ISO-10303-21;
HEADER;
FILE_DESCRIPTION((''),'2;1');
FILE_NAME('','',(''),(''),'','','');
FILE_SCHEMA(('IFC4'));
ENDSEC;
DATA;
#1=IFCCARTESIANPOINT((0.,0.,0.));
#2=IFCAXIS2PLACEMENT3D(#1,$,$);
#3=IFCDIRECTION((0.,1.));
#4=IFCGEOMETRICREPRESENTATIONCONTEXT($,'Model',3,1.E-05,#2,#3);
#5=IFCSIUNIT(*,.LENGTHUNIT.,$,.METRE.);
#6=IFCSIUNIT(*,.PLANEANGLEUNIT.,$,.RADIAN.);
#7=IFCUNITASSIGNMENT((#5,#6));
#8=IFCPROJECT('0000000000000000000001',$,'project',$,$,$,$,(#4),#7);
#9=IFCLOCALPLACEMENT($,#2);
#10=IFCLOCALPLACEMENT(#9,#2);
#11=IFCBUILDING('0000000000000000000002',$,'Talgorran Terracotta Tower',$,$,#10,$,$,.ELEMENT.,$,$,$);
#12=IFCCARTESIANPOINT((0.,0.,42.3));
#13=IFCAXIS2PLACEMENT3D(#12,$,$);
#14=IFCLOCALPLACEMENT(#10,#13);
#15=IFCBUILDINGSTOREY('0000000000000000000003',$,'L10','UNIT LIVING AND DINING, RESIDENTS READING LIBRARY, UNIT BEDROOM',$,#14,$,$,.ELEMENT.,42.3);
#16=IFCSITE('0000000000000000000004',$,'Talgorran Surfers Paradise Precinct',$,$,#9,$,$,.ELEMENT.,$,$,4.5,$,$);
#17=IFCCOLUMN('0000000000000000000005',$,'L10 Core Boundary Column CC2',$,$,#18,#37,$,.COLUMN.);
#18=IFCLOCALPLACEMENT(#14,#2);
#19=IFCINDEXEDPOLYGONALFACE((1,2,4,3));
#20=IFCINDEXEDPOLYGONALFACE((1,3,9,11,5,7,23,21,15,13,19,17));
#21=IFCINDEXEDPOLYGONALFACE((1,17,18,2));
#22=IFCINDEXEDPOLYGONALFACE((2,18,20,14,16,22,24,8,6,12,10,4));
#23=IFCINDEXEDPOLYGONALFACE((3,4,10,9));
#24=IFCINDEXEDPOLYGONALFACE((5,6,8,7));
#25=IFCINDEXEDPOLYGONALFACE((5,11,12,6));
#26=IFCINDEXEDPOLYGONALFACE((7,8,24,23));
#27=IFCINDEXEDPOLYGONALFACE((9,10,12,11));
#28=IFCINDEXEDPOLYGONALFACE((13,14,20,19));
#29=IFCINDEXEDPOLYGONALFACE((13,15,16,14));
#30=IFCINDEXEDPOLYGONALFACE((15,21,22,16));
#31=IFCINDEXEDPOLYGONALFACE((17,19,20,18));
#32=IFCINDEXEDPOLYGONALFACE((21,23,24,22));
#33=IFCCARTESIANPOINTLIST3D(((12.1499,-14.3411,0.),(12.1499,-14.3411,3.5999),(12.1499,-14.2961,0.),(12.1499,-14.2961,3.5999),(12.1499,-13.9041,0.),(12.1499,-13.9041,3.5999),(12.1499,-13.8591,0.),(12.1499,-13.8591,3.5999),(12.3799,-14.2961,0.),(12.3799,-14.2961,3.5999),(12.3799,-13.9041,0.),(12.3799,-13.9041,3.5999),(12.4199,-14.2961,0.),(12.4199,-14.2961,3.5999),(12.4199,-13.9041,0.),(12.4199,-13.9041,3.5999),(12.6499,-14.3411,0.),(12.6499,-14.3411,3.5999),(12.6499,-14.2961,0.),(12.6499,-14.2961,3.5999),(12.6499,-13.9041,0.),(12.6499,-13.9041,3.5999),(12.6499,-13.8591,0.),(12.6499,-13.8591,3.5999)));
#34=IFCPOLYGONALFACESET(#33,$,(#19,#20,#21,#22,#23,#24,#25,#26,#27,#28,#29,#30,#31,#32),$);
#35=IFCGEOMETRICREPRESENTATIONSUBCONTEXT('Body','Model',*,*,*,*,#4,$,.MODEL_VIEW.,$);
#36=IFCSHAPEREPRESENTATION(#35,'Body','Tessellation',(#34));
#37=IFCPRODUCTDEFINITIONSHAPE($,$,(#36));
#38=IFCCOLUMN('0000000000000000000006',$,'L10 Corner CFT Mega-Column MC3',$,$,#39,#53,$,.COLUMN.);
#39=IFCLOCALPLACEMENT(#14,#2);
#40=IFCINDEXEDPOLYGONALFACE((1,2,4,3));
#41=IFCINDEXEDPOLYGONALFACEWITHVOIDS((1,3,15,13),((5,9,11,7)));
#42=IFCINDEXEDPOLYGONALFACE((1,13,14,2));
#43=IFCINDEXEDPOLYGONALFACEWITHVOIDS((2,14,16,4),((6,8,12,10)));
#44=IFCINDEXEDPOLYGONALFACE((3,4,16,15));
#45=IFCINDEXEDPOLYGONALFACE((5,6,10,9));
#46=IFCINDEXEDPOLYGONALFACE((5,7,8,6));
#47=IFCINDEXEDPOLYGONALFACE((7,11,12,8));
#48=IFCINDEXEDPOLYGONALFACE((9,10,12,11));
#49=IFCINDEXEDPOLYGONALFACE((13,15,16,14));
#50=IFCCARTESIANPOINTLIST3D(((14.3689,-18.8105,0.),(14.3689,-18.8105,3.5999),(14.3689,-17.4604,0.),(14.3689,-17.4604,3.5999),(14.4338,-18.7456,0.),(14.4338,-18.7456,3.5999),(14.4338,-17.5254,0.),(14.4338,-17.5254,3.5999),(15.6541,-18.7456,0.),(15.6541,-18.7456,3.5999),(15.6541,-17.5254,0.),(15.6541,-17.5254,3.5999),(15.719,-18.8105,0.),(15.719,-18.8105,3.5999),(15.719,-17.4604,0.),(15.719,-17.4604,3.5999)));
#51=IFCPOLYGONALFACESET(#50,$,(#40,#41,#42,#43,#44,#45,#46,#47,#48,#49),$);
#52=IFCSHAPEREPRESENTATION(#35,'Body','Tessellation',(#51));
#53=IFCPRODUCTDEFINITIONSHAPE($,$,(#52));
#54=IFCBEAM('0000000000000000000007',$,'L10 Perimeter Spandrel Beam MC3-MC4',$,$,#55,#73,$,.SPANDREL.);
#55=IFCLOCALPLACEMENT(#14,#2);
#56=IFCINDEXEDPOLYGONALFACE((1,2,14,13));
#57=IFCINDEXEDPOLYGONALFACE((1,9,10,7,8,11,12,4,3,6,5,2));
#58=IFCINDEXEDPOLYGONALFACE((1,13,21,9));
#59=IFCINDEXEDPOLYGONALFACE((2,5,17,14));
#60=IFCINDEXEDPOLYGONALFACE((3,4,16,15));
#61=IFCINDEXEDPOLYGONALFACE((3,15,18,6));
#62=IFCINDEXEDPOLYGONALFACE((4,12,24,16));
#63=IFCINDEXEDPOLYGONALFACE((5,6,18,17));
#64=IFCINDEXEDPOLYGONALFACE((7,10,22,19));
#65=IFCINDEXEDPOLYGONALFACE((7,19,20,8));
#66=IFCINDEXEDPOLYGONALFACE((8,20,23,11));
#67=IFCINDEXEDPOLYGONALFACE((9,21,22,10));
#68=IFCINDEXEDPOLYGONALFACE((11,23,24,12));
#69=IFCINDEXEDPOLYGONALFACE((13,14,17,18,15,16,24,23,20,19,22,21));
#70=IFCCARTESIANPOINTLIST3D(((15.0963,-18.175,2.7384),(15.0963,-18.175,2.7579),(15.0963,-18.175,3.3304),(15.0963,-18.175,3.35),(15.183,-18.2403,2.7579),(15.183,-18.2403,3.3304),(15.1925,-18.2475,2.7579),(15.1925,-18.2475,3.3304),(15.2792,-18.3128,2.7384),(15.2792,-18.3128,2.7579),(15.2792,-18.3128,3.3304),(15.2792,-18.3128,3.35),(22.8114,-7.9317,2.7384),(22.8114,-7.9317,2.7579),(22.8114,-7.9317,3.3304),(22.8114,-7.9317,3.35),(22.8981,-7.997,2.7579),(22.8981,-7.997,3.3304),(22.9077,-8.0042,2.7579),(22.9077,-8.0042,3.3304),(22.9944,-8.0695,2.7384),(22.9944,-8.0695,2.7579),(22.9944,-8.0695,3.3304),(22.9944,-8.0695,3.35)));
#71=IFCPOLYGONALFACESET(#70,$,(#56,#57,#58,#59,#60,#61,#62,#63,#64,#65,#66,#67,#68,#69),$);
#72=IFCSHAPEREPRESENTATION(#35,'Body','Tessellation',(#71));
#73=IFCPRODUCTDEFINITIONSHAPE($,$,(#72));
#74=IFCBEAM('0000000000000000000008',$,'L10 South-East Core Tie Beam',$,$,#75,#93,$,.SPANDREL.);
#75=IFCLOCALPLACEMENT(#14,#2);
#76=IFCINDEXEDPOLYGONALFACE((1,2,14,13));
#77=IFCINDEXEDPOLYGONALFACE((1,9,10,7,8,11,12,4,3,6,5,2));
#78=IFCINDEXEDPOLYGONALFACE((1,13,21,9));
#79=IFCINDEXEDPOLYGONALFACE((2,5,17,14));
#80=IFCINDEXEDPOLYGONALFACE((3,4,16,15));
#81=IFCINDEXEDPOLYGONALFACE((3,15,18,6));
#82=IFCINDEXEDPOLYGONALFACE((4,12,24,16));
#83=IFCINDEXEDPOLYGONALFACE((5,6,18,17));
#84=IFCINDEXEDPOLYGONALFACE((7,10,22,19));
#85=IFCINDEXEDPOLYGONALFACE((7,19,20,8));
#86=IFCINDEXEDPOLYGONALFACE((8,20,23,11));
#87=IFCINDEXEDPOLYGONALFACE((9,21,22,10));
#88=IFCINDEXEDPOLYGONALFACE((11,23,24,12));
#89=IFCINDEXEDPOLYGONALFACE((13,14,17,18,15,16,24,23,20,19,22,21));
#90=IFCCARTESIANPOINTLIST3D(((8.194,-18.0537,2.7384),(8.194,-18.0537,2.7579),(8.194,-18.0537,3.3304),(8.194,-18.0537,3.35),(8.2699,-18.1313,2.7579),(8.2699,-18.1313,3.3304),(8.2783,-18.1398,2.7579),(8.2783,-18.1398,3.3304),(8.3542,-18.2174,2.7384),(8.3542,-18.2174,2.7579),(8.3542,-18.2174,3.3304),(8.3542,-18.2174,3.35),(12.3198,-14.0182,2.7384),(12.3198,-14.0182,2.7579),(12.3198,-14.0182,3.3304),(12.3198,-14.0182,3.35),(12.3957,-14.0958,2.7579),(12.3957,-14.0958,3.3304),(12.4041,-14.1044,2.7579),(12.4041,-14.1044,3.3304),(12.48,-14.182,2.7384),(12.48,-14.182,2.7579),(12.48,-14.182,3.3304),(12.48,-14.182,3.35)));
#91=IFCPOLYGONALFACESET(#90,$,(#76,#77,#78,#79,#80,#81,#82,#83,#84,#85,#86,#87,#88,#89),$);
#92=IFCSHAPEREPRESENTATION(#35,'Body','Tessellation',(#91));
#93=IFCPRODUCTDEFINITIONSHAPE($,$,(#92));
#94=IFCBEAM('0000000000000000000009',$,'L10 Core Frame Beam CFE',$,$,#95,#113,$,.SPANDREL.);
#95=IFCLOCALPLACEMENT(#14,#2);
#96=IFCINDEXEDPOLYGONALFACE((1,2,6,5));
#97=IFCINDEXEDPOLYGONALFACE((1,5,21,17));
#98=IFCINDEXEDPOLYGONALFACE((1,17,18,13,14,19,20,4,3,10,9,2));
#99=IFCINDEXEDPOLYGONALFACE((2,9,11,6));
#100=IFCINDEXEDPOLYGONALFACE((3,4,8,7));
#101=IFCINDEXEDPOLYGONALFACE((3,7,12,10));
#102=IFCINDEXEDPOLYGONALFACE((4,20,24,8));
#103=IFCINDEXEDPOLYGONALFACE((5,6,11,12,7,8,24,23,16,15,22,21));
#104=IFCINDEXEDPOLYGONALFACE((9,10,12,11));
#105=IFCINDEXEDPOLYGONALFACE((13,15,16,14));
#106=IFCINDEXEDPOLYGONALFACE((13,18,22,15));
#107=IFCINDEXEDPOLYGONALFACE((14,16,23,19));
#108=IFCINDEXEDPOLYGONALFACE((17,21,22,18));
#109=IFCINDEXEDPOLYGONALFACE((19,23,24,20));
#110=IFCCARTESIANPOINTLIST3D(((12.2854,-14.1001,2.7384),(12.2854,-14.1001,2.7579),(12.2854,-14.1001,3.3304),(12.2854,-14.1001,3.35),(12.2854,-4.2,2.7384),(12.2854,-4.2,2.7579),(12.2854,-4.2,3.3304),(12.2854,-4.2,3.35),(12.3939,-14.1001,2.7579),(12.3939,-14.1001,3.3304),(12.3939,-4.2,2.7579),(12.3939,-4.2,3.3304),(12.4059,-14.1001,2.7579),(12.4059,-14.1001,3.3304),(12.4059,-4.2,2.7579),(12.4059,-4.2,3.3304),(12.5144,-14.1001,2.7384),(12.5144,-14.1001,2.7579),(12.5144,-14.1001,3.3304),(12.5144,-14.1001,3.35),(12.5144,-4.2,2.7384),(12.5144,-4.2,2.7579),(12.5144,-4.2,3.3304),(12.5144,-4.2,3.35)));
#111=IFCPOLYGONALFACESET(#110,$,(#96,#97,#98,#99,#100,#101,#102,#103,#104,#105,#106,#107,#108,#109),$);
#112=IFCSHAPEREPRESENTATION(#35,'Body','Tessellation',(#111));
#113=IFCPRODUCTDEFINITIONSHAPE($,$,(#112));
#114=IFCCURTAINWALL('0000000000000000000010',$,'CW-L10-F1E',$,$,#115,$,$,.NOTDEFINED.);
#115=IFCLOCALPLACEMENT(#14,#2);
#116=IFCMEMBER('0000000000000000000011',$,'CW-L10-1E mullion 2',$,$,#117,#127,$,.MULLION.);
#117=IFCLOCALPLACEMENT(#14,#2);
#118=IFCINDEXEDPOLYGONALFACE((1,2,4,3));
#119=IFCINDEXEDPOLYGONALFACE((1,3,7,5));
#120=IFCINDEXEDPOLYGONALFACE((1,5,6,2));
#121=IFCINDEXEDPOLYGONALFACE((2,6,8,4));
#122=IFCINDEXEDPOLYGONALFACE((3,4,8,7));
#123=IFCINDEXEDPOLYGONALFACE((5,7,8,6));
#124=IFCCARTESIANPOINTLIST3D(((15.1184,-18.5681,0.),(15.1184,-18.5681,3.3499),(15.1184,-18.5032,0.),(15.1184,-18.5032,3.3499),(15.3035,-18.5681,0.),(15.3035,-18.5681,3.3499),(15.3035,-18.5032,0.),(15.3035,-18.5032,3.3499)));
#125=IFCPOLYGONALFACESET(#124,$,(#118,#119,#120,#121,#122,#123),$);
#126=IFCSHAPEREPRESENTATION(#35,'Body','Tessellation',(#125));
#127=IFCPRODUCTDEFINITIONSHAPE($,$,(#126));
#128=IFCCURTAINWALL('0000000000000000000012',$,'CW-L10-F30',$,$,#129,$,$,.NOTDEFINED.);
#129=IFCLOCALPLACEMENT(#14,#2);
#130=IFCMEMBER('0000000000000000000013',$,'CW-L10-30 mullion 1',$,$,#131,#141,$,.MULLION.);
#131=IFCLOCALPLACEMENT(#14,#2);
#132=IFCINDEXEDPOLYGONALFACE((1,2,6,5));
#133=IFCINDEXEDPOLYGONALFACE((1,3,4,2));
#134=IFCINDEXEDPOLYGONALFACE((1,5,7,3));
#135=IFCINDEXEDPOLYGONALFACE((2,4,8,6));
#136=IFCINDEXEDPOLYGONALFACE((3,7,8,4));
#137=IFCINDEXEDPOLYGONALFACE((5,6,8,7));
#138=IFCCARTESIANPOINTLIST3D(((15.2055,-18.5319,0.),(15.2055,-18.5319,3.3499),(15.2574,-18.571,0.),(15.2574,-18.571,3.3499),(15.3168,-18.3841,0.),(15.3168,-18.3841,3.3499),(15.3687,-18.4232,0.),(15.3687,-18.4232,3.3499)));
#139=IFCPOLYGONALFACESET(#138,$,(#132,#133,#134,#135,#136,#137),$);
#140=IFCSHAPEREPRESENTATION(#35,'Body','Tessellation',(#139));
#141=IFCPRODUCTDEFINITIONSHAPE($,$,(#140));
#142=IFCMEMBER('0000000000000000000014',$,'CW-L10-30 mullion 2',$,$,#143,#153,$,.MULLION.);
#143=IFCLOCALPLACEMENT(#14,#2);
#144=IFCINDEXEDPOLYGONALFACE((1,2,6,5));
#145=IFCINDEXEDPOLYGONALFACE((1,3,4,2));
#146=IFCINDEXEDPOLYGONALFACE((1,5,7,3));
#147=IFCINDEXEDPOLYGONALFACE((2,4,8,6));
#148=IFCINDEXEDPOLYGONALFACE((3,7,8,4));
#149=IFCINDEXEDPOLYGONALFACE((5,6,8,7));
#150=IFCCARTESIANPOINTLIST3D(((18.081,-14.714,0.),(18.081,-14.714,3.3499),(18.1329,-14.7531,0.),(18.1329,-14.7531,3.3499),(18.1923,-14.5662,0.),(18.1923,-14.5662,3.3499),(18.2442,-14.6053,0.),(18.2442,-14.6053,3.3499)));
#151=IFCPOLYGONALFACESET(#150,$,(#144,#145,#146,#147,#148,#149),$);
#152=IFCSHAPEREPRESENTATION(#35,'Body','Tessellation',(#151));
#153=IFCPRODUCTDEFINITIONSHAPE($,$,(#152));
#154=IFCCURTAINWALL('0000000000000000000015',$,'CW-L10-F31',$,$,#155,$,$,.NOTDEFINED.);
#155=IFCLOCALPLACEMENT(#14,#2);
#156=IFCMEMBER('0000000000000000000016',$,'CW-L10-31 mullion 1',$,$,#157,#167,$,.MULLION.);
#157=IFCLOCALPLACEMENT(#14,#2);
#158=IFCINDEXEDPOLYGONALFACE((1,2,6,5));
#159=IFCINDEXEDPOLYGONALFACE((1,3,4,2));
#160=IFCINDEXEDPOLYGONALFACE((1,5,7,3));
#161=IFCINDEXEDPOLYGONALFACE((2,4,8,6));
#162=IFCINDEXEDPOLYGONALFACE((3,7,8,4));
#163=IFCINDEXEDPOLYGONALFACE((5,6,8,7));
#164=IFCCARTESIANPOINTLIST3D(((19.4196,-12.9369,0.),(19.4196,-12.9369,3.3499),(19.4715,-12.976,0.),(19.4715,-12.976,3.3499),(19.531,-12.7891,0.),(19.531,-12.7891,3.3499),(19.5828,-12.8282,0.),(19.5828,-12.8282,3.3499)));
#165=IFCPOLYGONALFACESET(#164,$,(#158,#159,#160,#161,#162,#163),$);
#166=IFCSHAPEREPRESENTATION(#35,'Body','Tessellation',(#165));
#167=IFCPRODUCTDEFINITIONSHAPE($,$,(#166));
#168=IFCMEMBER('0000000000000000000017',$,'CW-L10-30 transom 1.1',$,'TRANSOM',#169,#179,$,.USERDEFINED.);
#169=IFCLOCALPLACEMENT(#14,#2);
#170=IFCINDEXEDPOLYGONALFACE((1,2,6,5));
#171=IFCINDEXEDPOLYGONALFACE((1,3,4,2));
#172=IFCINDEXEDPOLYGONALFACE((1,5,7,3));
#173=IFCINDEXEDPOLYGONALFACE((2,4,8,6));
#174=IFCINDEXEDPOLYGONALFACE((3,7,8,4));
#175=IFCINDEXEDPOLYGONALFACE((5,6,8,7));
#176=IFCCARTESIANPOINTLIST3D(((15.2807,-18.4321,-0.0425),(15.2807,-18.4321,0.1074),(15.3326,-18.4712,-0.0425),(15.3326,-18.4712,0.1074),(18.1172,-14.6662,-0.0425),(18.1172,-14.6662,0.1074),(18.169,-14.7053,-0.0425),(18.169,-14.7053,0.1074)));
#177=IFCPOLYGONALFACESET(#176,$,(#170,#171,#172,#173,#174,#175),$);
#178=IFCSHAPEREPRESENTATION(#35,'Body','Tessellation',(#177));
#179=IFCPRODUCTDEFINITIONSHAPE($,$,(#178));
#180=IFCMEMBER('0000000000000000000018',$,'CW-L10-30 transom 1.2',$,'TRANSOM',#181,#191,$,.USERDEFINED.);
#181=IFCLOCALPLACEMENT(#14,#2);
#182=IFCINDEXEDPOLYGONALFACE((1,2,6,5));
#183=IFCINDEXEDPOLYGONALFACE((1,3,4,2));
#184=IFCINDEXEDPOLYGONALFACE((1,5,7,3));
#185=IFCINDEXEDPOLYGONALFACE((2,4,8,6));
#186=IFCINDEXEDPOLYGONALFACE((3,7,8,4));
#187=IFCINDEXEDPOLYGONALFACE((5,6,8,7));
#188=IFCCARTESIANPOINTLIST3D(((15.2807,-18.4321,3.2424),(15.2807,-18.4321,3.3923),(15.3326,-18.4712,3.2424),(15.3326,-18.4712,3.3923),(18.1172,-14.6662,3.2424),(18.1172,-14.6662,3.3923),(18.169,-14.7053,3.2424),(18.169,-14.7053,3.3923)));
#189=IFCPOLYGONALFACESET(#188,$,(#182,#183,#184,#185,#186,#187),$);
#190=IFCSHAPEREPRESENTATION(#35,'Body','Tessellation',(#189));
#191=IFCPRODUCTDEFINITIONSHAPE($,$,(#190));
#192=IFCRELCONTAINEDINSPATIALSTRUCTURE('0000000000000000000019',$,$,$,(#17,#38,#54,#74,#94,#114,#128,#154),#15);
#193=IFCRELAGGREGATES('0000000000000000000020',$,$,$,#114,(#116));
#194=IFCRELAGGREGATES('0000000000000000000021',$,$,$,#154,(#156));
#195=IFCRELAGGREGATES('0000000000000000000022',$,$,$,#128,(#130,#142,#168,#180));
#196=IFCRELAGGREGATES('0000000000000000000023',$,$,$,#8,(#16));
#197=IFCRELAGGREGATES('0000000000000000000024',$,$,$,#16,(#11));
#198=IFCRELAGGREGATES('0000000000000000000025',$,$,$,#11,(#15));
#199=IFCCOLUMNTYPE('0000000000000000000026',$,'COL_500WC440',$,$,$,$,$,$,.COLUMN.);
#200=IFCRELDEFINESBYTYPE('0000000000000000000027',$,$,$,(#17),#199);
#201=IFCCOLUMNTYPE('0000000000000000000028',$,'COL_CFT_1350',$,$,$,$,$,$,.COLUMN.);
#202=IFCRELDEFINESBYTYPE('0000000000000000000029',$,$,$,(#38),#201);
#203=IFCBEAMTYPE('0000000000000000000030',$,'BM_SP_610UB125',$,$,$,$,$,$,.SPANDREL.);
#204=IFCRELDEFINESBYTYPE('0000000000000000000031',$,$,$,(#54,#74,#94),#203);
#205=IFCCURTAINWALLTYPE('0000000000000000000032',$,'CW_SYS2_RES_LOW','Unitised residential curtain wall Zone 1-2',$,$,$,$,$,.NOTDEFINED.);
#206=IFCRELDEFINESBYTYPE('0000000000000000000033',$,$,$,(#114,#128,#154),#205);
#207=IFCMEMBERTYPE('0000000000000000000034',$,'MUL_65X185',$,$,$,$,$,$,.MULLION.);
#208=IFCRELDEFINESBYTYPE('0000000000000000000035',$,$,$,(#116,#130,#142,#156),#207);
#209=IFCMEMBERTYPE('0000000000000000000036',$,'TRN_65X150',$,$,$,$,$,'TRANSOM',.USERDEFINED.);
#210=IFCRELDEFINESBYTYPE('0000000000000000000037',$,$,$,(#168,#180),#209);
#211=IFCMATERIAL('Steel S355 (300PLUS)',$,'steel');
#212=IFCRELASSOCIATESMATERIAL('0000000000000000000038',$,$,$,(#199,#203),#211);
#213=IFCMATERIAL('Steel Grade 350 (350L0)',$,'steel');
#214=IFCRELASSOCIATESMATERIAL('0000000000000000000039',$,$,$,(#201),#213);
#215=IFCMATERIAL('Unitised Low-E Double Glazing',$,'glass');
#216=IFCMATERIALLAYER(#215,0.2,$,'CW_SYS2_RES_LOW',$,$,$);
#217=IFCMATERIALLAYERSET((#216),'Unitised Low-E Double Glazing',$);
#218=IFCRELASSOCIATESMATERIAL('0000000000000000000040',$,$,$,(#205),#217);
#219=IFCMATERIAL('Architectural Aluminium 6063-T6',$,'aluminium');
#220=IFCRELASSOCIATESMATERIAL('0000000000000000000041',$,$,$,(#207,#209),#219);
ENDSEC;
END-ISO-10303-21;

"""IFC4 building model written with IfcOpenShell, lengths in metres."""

from ifc_helpers import new_model, si_unit, direction, frame, origin, origin_2d, place, context, subcontext, project, spatial, rectangle, hollow_rectangle, i_section, extrude, material, layer, layer_set, material_profile, profile_set, type_object, element, aggregate, save


model = new_model("IFC4")

# Units and contexts
model_context = context("Model", 3, precision=1e-05, world=origin(), true_north=direction((0.0, 1.0)))
body_context = subcontext(model_context, "Body", "Model", "MODEL_VIEW")
ifc_project = project(units=[si_unit("LENGTHUNIT", "METRE"), si_unit("PLANEANGLEUNIT", "RADIAN")], contexts=[model_context])

# Site, building, storey
site_placement = place(None, origin())
site = spatial("IfcSite", under=ifc_project, at=site_placement, Name="Talgorran Surfers Paradise Precinct", CompositionType="ELEMENT", RefElevation=4.5)
building_placement = place(site_placement, origin())
building = spatial("IfcBuilding", under=site, at=building_placement, Name="Talgorran Terracotta Tower", CompositionType="ELEMENT")
storey_placement = place(building_placement, frame((0.0, 0.0, 42.3)))
storey = spatial("IfcBuildingStorey", under=building, at=storey_placement, Name="L10", Description="UNIT LIVING AND DINING, RESIDENTS READING LIBRARY, UNIT BEDROOM", CompositionType="ELEMENT", Elevation=42.3)

# Columns
ifc_material_1 = material(Name="Steel S355 (300PLUS)", Category="steel")
ifc_material_profile_1 = material_profile(ifc_material_1, i_section(OverallWidth=0.5, OverallDepth=0.4819, WebThickness=0.04, FlangeThickness=0.0449, at=origin_2d()), Name="500WC440")
ifc_profile_set_1 = profile_set([ifc_material_profile_1], Name="Steel S355 (300PLUS)")
column_type_1 = type_object("IfcColumnType", Name="COL_500WC440", PredefinedType="COLUMN", material=ifc_profile_set_1)
column_1_placement = place(storey_placement, frame((12.3999, -14.1001, 0.0), z_axis=(0.0, 0.0, 1.0), x_axis=(1.0, 0.0, 0.0)))
element("IfcColumn", 1, at=column_1_placement, inside=storey, type_object=column_type_1, Name="L10 Core Boundary Column CC2", PredefinedType="COLUMN", context=body_context, shape_type="SweptSolid", body=[
    extrude(i_section(OverallWidth=0.5, OverallDepth=0.4819, WebThickness=0.04, FlangeThickness=0.0449, at=origin_2d()), origin(), (0.0, 0.0, 1.0), 3.5999),
])
ifc_material_2 = material(Name="Steel Grade 350 (350L0)", Category="steel")
ifc_material_profile_2 = material_profile(ifc_material_2, hollow_rectangle(XDim=1.3501, YDim=1.3501, WallThickness=0.0649, at=origin_2d()), Name="CFT1350X1350X65")
ifc_profile_set_2 = profile_set([ifc_material_profile_2], Name="Steel Grade 350 (350L0)")
column_type_2 = type_object("IfcColumnType", Name="COL_CFT_1350", PredefinedType="COLUMN", material=ifc_profile_set_2)
column_2_placement = place(storey_placement, frame((15.0439, -18.1355, 0.0), z_axis=(0.0, 0.0, 1.0), x_axis=(1.0, 0.0, 0.0)))
element("IfcColumn", 2, at=column_2_placement, inside=storey, type_object=column_type_2, Name="L10 Corner CFT Mega-Column MC3", PredefinedType="COLUMN", context=body_context, shape_type="SweptSolid", body=[
    extrude(hollow_rectangle(XDim=1.3501, YDim=1.3501, WallThickness=0.0649, at=origin_2d()), origin(), (0.0, 0.0, 1.0), 3.5999),
])

# Beams
ifc_material_profile_3 = material_profile(ifc_material_1, i_section(OverallWidth=0.229, OverallDepth=0.6116, WebThickness=0.012, FlangeThickness=0.0195, at=origin_2d()), Name="610UB125")
ifc_profile_set_3 = profile_set([ifc_material_profile_3], Name="Steel S355 (300PLUS)")
beam_type = type_object("IfcBeamType", Name="BM_SP_610UB125", PredefinedType="SPANDREL", material=ifc_profile_set_3)
beam_1_placement = place(storey_placement, frame((15.1877, -18.2439, 3.0442), z_axis=(0.601631, 0.798774, 0.0), x_axis=(-0.798774, 0.601631, 0.0)))
element("IfcBeam", 3, at=beam_1_placement, inside=storey, type_object=beam_type, Name="L10 Perimeter Spandrel Beam MC3-MC4", PredefinedType="SPANDREL", context=body_context, shape_type="SweptSolid", body=[
    extrude(i_section(OverallWidth=0.229, OverallDepth=0.6116, WebThickness=0.012, FlangeThickness=0.0195, at=origin_2d()), origin(), (0.0, 0.0, 1.0), 12.8237),
])
beam_2_placement = place(storey_placement, frame((12.3999, -14.1001, 3.0442), z_axis=(-0.71489, -0.699237, 0.0), x_axis=(0.699237, -0.71489, 0.0)))
element("IfcBeam", 4, at=beam_2_placement, inside=storey, type_object=beam_type, Name="L10 South-East Core Tie Beam", PredefinedType="SPANDREL", context=body_context, shape_type="SweptSolid", body=[
    extrude(i_section(OverallWidth=0.229, OverallDepth=0.6116, WebThickness=0.012, FlangeThickness=0.0195, at=origin_2d()), origin(), (0.0, 0.0, 1.0), 5.7712),
])
beam_3_placement = place(storey_placement, frame((12.3999, -14.1001, 3.0442), z_axis=(0.0, 1.0, 0.0), x_axis=(-1.0, 0.0, 0.0)))
element("IfcBeam", 5, at=beam_3_placement, inside=storey, type_object=beam_type, Name="L10 Core Frame Beam CFE", PredefinedType="SPANDREL", context=body_context, shape_type="SweptSolid", body=[
    extrude(i_section(OverallWidth=0.229, OverallDepth=0.6116, WebThickness=0.012, FlangeThickness=0.0195, at=origin_2d()), origin(), (0.0, 0.0, 1.0), 9.9001),
])

# Curtain wall, member
ifc_material_3 = material(Name="Unitised Low-E Double Glazing", Category="glass")
ifc_layer_1 = layer(ifc_material_3, 0.2, Name="CW_SYS2_RES_LOW")
ifc_layer_set_1 = layer_set([ifc_layer_1], Name="Unitised Low-E Double Glazing")
curtain_wall_type = type_object("IfcCurtainWallType", Name="CW_SYS2_RES_LOW", Description="Unitised residential curtain wall Zone 1-2", PredefinedType="NOTDEFINED", material=ifc_layer_set_1)
curtain_wall_1_placement = place(storey_placement, origin())
curtain_wall_1 = element("IfcCurtainWall", 6, at=curtain_wall_1_placement, inside=storey, type_object=curtain_wall_type, Name="CW-L10-F1E", PredefinedType="NOTDEFINED")
ifc_material_4 = material(Name="Architectural Aluminium 6063-T6", Category="aluminium")
ifc_material_profile_4 = material_profile(ifc_material_4, rectangle(XDim=0.0649, YDim=0.1851, at=origin_2d()), Name="CWM65X185")
ifc_profile_set_4 = profile_set([ifc_material_profile_4], Name="Architectural Aluminium 6063-T6")
member_type_1 = type_object("IfcMemberType", Name="MUL_65X185", PredefinedType="MULLION", material=ifc_profile_set_4)
member_1_placement = place(storey_placement, frame((15.2109, -18.5356, 0.0), z_axis=(0.0, 0.0, 1.0), x_axis=(0.0, 1.0, 0.0)))
member_1 = element("IfcMember", 7, at=member_1_placement, type_object=member_type_1, Name="CW-L10-1E mullion 2", PredefinedType="MULLION", context=body_context, shape_type="SweptSolid", body=[
    extrude(rectangle(XDim=0.0649, YDim=0.1851, at=origin_2d()), origin(), (0.0, 0.0, 1.0), 3.3499),
])
aggregate(curtain_wall_1, [member_1])

# Curtain wall, members
curtain_wall_2_placement = place(storey_placement, origin())
curtain_wall_2 = element("IfcCurtainWall", 8, at=curtain_wall_2_placement, inside=storey, type_object=curtain_wall_type, Name="CW-L10-F30", PredefinedType="NOTDEFINED")
member_2_placement = place(storey_placement, frame((15.2871, -18.4775, 0.0), z_axis=(0.0, 0.0, 1.0), x_axis=(-0.798775, 0.60163, 0.0)))
member_2 = element("IfcMember", 9, at=member_2_placement, type_object=member_type_1, Name="CW-L10-30 mullion 1", PredefinedType="MULLION", context=body_context, shape_type="SweptSolid", body=[
    extrude(rectangle(XDim=0.0649, YDim=0.1851, at=origin_2d()), origin(), (0.0, 0.0, 1.0), 3.3499),
])
member_3_placement = place(storey_placement, frame((18.1626, -14.6597, 0.0), z_axis=(0.0, 0.0, 1.0), x_axis=(-0.798775, 0.60163, 0.0)))
member_3 = element("IfcMember", 10, at=member_3_placement, type_object=member_type_1, Name="CW-L10-30 mullion 2", PredefinedType="MULLION", context=body_context, shape_type="SweptSolid", body=[
    extrude(rectangle(XDim=0.0649, YDim=0.1851, at=origin_2d()), origin(), (0.0, 0.0, 1.0), 3.3499),
])

# Curtain wall, member
curtain_wall_3_placement = place(storey_placement, origin())
curtain_wall_3 = element("IfcCurtainWall", 11, at=curtain_wall_3_placement, inside=storey, type_object=curtain_wall_type, Name="CW-L10-F31", PredefinedType="NOTDEFINED")
member_4_placement = place(storey_placement, frame((19.5012, -12.8826, 0.0), z_axis=(0.0, 0.0, 1.0), x_axis=(-0.798773, 0.601632, 0.0)))
member_4 = element("IfcMember", 12, at=member_4_placement, type_object=member_type_1, Name="CW-L10-31 mullion 1", PredefinedType="MULLION", context=body_context, shape_type="SweptSolid", body=[
    extrude(rectangle(XDim=0.0649, YDim=0.1851, at=origin_2d()), origin(), (0.0, 0.0, 1.0), 3.3499),
])

# Members
ifc_material_profile_5 = material_profile(ifc_material_4, rectangle(XDim=0.0649, YDim=0.1499, at=origin_2d()), Name="CWT65X150")
ifc_profile_set_5 = profile_set([ifc_material_profile_5], Name="Architectural Aluminium 6063-T6")
member_type_2 = type_object("IfcMemberType", Name="TRN_65X150", ElementType="TRANSOM", PredefinedType="USERDEFINED", material=ifc_profile_set_5)
member_5_placement = place(storey_placement, frame((15.3066, -18.4517, 0.0325), z_axis=(0.601631, 0.798774, 0.0), x_axis=(-0.798774, 0.601631, 0.0)))
member_5 = element("IfcMember", 13, at=member_5_placement, type_object=member_type_2, Name="CW-L10-30 transom 1.1", ObjectType="TRANSOM", PredefinedType="USERDEFINED", context=body_context, shape_type="SweptSolid", body=[
    extrude(rectangle(XDim=0.0649, YDim=0.1499, at=origin_2d()), origin(), (0.0, 0.0, 1.0), 4.7146),
])
member_6_placement = place(storey_placement, frame((15.3066, -18.4517, 3.3174), z_axis=(0.601631, 0.798774, 0.0), x_axis=(-0.798774, 0.601631, 0.0)))
member_6 = element("IfcMember", 14, at=member_6_placement, type_object=member_type_2, Name="CW-L10-30 transom 1.2", ObjectType="TRANSOM", PredefinedType="USERDEFINED", context=body_context, shape_type="SweptSolid", body=[
    extrude(rectangle(XDim=0.0649, YDim=0.1499, at=origin_2d()), origin(), (0.0, 0.0, 1.0), 4.7146),
])
aggregate(curtain_wall_3, [member_4])

aggregate(curtain_wall_2, [member_2, member_3, member_5, member_6])

save(model, "model.ifc")
